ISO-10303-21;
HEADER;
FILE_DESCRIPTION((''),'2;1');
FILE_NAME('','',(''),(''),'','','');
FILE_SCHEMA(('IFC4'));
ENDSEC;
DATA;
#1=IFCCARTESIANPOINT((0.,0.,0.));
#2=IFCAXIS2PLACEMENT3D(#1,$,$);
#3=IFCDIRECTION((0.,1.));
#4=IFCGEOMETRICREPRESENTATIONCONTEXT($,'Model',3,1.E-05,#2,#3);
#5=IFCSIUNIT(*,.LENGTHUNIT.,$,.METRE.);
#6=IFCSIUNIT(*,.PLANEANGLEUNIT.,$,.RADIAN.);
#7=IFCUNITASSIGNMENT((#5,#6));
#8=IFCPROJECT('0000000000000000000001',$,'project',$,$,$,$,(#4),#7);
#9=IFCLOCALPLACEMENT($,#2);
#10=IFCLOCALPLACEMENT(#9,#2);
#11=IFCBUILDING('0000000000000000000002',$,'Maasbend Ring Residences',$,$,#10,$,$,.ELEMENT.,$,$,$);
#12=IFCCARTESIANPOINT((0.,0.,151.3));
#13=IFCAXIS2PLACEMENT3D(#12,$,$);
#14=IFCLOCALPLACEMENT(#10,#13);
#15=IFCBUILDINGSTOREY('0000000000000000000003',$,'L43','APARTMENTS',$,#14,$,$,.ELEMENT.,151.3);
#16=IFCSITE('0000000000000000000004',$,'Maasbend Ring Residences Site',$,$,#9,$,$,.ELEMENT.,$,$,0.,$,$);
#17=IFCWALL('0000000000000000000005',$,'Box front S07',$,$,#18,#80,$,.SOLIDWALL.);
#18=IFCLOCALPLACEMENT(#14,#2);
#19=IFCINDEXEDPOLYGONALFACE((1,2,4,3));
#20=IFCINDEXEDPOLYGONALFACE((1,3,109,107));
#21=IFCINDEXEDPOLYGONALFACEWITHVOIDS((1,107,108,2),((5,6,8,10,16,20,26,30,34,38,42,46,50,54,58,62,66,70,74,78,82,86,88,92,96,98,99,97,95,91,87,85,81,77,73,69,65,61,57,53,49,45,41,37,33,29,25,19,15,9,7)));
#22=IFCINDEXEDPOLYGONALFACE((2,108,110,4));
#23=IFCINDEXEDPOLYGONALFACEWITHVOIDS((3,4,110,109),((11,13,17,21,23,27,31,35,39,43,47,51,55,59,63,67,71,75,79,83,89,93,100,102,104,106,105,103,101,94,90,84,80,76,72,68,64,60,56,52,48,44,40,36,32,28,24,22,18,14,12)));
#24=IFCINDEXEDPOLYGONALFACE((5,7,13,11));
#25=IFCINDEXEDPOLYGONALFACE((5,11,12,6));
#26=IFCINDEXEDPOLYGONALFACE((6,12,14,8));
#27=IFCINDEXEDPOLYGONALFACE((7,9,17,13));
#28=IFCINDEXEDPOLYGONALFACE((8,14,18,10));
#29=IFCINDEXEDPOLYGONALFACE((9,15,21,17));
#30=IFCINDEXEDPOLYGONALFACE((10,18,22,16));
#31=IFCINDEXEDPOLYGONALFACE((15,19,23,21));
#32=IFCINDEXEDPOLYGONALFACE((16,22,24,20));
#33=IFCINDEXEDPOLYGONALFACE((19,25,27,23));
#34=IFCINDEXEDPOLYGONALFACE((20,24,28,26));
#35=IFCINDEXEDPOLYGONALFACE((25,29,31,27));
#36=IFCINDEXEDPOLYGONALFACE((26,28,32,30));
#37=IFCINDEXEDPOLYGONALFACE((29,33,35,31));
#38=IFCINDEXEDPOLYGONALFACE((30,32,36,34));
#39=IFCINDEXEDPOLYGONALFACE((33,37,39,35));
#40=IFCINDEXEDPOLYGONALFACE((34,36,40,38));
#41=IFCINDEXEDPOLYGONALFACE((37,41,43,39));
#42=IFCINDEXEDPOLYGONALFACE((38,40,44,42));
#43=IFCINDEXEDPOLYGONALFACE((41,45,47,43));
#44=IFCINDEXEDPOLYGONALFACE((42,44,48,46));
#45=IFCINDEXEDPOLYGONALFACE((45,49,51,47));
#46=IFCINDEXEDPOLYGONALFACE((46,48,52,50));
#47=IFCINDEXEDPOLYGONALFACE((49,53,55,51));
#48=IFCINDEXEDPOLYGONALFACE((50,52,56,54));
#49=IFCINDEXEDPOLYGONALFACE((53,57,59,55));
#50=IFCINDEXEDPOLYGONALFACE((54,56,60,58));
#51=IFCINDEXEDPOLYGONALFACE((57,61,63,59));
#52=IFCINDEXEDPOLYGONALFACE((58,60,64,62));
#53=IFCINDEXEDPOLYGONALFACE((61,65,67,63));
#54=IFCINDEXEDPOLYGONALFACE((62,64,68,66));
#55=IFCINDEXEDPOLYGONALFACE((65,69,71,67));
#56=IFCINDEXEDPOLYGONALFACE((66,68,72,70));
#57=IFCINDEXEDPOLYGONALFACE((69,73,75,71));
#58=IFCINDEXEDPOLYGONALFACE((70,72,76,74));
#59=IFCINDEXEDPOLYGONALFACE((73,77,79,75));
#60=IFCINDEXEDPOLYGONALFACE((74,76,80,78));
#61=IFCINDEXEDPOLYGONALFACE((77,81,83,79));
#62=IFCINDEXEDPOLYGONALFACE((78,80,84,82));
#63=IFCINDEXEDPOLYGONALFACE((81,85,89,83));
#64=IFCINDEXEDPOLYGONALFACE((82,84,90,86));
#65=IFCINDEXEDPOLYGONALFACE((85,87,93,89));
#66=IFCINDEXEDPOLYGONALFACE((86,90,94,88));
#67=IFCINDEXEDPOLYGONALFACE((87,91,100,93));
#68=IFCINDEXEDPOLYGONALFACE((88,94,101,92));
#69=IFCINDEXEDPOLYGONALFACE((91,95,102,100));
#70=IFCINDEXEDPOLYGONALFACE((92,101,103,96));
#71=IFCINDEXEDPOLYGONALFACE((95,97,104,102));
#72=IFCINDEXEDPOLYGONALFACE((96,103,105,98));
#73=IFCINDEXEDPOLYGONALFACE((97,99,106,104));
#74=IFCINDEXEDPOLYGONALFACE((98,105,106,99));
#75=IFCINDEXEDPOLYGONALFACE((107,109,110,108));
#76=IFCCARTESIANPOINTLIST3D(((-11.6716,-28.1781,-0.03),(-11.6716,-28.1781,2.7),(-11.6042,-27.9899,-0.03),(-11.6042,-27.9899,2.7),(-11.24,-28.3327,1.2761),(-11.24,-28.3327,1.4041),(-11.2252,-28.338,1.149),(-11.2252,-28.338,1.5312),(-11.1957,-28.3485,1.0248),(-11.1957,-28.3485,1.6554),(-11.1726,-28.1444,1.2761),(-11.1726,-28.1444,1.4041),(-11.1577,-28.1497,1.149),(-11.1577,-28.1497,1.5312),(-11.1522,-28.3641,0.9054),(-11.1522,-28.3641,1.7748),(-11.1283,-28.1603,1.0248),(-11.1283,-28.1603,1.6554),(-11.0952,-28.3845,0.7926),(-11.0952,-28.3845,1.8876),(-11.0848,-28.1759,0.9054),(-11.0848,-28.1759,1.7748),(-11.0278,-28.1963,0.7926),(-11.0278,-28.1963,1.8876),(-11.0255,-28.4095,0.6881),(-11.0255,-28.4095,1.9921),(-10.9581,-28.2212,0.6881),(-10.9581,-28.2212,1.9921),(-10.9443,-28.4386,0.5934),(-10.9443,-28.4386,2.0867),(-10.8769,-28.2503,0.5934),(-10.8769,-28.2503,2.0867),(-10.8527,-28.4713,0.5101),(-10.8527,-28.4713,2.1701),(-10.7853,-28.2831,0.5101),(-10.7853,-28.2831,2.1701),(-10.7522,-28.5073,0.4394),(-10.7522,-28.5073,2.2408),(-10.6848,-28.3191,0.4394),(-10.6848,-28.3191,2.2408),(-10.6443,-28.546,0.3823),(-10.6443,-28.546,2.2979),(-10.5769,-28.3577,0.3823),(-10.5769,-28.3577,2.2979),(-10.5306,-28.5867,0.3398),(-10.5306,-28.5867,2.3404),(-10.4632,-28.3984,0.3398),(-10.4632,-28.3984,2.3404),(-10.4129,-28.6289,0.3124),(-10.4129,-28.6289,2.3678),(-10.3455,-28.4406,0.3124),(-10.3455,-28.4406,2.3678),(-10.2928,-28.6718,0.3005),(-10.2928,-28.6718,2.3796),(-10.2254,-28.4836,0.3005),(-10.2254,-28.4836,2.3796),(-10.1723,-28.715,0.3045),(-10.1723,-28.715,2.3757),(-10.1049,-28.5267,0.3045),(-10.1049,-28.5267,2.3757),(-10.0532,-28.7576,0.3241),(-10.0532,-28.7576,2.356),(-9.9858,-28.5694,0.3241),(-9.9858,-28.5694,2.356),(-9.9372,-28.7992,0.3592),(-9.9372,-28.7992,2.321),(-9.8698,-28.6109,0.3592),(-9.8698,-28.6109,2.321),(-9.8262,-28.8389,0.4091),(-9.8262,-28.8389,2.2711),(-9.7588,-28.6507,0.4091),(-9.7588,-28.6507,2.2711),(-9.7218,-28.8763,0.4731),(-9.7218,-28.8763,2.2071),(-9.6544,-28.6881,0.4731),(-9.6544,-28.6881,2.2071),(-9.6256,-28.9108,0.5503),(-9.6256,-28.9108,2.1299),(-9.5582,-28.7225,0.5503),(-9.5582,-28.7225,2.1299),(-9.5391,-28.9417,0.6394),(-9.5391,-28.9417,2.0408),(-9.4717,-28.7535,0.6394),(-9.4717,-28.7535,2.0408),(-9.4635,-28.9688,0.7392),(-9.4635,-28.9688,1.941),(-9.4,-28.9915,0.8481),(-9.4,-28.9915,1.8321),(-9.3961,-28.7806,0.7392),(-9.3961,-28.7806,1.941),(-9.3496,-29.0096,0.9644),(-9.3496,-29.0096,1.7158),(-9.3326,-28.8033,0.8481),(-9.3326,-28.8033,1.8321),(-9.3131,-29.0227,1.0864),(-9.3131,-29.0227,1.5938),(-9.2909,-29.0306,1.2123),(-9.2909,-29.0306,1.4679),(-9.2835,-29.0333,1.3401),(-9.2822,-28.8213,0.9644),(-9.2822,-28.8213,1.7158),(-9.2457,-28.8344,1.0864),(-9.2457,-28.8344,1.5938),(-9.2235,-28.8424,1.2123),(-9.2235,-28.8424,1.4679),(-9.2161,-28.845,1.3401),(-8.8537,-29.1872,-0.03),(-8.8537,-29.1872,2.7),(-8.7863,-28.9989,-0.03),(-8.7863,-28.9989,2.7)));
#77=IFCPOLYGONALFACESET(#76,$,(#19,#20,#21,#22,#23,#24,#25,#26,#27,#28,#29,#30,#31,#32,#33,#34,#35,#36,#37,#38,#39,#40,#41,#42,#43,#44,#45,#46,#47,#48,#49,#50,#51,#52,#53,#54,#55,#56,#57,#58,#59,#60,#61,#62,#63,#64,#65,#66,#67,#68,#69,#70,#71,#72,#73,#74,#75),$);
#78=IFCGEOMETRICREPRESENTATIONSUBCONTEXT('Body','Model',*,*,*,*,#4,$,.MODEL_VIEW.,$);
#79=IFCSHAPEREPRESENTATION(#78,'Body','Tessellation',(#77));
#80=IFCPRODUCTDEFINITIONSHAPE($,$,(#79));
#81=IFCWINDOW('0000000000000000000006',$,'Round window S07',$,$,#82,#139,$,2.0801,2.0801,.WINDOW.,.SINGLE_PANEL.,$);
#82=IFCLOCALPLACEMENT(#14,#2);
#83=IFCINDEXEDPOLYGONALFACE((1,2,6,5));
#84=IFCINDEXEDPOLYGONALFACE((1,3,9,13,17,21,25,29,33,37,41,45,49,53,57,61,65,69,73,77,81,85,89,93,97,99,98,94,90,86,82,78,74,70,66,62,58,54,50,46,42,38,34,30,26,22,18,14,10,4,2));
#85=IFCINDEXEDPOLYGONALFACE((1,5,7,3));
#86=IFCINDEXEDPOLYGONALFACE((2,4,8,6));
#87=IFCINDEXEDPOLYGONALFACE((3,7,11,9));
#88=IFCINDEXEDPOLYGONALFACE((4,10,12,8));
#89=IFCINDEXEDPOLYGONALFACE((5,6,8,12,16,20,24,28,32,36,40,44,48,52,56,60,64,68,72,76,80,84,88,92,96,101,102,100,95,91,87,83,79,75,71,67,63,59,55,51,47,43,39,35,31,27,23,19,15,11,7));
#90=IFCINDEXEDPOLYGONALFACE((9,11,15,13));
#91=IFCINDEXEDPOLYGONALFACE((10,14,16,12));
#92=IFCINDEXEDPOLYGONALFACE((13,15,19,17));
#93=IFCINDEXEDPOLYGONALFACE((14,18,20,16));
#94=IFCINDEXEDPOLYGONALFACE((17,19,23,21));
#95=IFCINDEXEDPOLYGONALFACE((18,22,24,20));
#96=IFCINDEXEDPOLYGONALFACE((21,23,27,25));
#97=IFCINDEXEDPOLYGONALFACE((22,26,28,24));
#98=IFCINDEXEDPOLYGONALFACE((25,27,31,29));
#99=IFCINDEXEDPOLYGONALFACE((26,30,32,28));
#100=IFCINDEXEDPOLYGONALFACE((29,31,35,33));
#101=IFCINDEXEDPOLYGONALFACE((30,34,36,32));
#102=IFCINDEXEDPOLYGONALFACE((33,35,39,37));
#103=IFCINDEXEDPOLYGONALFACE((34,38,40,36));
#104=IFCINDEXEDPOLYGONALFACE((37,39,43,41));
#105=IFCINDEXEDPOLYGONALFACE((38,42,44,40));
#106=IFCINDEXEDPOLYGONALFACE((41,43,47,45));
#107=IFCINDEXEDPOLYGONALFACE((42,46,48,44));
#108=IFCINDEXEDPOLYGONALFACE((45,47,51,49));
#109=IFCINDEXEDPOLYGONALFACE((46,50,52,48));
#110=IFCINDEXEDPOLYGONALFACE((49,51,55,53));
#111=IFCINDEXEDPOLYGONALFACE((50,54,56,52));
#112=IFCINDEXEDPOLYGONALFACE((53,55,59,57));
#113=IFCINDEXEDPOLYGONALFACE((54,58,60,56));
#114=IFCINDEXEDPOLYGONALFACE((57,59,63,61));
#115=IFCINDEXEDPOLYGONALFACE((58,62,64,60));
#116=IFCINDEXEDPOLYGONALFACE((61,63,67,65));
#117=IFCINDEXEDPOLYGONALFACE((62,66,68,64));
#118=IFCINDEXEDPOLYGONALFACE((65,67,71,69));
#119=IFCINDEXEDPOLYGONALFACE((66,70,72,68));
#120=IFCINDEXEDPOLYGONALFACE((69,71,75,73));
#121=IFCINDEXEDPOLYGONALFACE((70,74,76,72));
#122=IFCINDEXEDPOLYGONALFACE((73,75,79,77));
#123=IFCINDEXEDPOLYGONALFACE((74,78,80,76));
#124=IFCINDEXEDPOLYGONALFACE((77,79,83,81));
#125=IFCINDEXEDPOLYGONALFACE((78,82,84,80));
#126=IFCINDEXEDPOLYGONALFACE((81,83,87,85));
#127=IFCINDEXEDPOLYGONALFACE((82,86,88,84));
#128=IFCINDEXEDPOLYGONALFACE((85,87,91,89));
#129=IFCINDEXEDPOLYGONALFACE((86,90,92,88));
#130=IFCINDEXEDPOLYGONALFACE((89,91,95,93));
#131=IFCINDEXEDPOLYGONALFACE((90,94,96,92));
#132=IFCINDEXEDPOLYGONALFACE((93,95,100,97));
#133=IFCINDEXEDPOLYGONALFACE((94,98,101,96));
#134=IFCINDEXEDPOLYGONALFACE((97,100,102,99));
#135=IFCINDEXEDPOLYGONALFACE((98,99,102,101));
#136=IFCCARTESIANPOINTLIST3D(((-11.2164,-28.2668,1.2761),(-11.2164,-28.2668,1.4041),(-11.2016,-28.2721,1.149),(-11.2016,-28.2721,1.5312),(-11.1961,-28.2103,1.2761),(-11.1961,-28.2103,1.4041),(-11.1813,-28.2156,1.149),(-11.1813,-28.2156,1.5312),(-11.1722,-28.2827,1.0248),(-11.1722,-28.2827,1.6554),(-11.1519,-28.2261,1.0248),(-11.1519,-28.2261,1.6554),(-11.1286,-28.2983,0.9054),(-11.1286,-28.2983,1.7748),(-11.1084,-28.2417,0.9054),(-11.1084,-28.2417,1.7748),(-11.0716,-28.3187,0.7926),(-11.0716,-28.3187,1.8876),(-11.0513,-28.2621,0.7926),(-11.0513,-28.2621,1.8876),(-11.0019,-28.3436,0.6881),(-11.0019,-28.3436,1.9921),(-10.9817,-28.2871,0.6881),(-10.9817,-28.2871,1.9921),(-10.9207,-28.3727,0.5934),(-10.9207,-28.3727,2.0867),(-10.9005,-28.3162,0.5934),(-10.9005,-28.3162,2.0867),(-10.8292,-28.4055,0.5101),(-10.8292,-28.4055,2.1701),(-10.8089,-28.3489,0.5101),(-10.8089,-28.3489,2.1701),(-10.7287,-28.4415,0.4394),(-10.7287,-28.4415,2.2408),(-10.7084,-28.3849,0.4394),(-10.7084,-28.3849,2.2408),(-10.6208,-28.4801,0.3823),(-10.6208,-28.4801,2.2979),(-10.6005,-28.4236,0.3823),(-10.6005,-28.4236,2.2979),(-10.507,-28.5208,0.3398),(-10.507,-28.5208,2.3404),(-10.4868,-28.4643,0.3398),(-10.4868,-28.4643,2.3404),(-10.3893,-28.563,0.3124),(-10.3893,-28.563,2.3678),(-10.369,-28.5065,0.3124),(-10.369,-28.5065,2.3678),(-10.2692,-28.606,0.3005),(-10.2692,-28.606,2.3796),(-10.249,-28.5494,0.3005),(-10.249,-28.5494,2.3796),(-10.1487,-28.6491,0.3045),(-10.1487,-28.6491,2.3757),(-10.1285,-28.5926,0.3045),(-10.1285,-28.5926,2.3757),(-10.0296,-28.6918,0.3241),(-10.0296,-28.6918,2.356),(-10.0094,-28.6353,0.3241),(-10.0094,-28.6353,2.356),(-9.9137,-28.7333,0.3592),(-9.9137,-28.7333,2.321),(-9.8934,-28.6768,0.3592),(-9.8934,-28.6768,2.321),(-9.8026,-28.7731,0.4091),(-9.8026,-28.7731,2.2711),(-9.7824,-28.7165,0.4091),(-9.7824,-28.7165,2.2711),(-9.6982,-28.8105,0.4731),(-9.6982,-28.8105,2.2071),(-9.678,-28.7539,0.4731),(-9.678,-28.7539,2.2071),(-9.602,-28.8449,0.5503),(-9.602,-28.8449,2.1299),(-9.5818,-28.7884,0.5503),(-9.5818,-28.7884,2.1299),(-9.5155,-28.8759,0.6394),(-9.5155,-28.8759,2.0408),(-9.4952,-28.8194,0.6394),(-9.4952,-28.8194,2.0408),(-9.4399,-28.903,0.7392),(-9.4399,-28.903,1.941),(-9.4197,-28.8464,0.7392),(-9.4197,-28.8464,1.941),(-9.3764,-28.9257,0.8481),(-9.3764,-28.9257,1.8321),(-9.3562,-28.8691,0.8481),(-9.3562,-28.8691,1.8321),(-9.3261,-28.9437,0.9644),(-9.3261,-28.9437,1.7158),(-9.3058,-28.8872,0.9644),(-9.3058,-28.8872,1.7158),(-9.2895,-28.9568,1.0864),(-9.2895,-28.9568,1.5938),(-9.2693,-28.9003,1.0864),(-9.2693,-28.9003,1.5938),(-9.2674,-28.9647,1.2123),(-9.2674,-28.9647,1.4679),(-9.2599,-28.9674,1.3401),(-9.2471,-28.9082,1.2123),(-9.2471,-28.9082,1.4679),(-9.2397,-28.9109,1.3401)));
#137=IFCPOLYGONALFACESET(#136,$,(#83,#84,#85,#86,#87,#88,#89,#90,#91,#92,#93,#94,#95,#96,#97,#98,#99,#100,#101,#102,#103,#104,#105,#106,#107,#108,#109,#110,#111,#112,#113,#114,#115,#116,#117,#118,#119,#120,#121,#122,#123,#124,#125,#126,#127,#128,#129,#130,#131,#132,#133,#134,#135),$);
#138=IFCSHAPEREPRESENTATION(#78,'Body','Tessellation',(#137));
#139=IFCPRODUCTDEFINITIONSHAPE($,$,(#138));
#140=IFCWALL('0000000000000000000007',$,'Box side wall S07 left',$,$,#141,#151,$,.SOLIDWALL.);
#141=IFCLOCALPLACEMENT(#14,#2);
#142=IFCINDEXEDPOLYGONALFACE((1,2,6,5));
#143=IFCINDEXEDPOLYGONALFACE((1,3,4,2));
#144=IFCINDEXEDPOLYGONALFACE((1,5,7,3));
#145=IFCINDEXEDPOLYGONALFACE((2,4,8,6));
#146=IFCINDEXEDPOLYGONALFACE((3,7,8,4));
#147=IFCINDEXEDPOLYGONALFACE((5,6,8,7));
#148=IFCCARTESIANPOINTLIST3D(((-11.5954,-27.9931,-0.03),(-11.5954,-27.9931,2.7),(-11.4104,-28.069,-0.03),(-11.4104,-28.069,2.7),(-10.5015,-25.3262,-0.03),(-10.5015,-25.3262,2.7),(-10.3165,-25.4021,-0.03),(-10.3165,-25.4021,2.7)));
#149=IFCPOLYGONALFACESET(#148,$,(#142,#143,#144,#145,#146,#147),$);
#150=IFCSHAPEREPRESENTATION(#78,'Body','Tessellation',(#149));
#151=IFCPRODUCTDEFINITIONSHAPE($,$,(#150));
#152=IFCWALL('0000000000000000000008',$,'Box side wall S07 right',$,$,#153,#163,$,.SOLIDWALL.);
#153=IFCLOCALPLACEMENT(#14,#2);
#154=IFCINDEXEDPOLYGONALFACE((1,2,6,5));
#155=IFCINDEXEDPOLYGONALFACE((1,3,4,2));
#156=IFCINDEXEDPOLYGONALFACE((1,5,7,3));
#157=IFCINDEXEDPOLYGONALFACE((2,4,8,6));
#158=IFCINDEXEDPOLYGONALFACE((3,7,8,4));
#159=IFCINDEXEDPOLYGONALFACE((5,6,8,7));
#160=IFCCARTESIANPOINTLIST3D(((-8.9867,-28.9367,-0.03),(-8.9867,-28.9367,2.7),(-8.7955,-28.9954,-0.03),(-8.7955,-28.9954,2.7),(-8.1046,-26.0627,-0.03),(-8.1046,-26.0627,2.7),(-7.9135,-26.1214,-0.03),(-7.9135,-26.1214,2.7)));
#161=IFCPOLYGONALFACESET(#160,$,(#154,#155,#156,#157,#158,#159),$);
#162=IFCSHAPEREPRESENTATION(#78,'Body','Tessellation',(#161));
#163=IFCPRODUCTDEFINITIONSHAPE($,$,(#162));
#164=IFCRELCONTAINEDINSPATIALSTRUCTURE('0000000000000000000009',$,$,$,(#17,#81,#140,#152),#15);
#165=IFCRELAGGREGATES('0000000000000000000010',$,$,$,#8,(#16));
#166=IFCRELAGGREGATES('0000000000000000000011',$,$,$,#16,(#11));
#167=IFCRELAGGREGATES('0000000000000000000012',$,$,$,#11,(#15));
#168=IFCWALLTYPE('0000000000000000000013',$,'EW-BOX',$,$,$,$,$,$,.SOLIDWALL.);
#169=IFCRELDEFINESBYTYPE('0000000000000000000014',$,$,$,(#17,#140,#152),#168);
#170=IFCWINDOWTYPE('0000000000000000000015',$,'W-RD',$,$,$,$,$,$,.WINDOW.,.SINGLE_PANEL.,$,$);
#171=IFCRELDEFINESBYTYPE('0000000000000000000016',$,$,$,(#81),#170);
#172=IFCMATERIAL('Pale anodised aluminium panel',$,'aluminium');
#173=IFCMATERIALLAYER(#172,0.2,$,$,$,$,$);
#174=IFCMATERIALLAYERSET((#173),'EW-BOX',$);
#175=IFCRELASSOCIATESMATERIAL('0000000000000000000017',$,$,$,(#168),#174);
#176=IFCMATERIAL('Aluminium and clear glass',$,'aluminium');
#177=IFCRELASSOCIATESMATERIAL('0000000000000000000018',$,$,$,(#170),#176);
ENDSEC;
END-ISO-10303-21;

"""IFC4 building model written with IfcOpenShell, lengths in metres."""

from ifc_helpers import new_model, si_unit, direction, frame, frame_2d, origin, place, context, subcontext, project, spatial, rectangle, circle, extrude, material, layer, layer_set, type_object, element, fill, save


model = new_model("IFC4")

# Units and contexts
model_context = context("Model", 3, precision=1e-05, world=origin(), true_north=direction((0.0, 1.0)))
body_context = subcontext(model_context, "Body", "Model", "MODEL_VIEW")
ifc_project = project(units=[si_unit("LENGTHUNIT", "METRE"), si_unit("PLANEANGLEUNIT", "RADIAN")], contexts=[model_context])

# Site, building, storey
site_placement = place(None, origin())
site = spatial("IfcSite", under=ifc_project, at=site_placement, Name="Maasbend Ring Residences Site", CompositionType="ELEMENT", RefElevation=0.0)
building_placement = place(site_placement, origin())
building = spatial("IfcBuilding", under=site, at=building_placement, Name="Maasbend Ring Residences", CompositionType="ELEMENT")
storey_placement = place(building_placement, frame((0.0, 0.0, 151.3)))
storey = spatial("IfcBuildingStorey", under=building, at=storey_placement, Name="L43", Description="APARTMENTS", CompositionType="ELEMENT", Elevation=151.3)

# Wall, opening, window
ifc_material_1 = material(Name="Pale anodised aluminium panel", Category="aluminium")
ifc_layer_1 = layer(ifc_material_1, 0.2)
ifc_layer_set_1 = layer_set([ifc_layer_1], Name="EW-BOX")
wall_type_1 = type_object("IfcWallType", Name="EW-BOX", PredefinedType="SOLIDWALL", material=ifc_layer_set_1)
wall_1_placement = place(storey_placement, frame((-11.6379, -28.084, -0.03), z_axis=(0.0, 0.0, 1.0), x_axis=(0.941461, -0.337122, 0.0)))
wall_1 = element("IfcWall", 1, at=wall_1_placement, inside=storey, type_object=wall_type_1, Name="Box front S07", PredefinedType="SOLIDWALL", context=body_context, shape_type="SweptSolid", body=[
    extrude(rectangle(XDim=2.9932, YDim=0.2, at=frame_2d((1.4966, 0.0))), origin(), (0.0, 0.0, 1.0), 2.73),
])
opening_1_placement = place(wall_1_placement, frame((0.4565, 0.0, 0.3301)))
opening_1 = element("IfcOpeningElement", 2, at=opening_1_placement, cuts=wall_1, PredefinedType="OPENING", context=body_context, shape_type="SweptSolid", body=[
    extrude(circle(Radius=1.04, at=frame_2d((1.04, 1.04))), frame((0.0, 0.1099, 0.0), z_axis=(0.0, -1.0, 0.0), x_axis=(1.0, 0.0, 0.0)), (0.0, 0.0, 1.0), 0.22),
])
ifc_material_2 = material(Name="Aluminium and clear glass", Category="aluminium")
window_type_1 = type_object("IfcWindowType", Name="W-RD", PartitioningType="SINGLE_PANEL", PredefinedType="WINDOW", material=ifc_material_2)
window_1_placement = place(opening_1_placement, origin())
window_1 = element("IfcWindow", 3, at=window_1_placement, inside=storey, type_object=window_type_1, Name="Round window S07", OverallHeight=2.0801, OverallWidth=2.0801, PartitioningType="SINGLE_PANEL", PredefinedType="WINDOW", context=body_context, shape_type="SweptSolid", body=[
    extrude(circle(Radius=1.04, at=frame_2d((1.04, 1.04))), frame((0.0, 0.03, 0.0), z_axis=(0.0, -1.0, 0.0), x_axis=(1.0, 0.0, 0.0)), (0.0, 0.0, 1.0), 0.0601),
])
fill(opening_1, window_1)

# Walls
wall_2_placement = place(storey_placement, frame((-10.4089, -25.364, -0.03), z_axis=(0.0, 0.0, 1.0), x_axis=(-0.37951, -0.925188, 0.0)))
element("IfcWall", 4, at=wall_2_placement, inside=storey, type_object=wall_type_1, Name="Box side wall S07 left", PredefinedType="SOLIDWALL", context=body_context, shape_type="SweptSolid", body=[
    extrude(rectangle(XDim=2.8826, YDim=0.2, at=frame_2d((1.4414, 0.0))), origin(), (0.0, 0.0, 1.0), 2.73),
])
wall_3_placement = place(storey_placement, frame((-8.009, -26.092, -0.03), z_axis=(0.0, 0.0, 1.0), x_axis=(-0.293407, -0.955988, 0.0)))
element("IfcWall", 5, at=wall_3_placement, inside=storey, type_object=wall_type_1, Name="Box side wall S07 right", PredefinedType="SOLIDWALL", context=body_context, shape_type="SweptSolid", body=[
    extrude(rectangle(XDim=3.0063, YDim=0.2, at=frame_2d((1.5032, 0.0))), origin(), (0.0, 0.0, 1.0), 2.73),
])

save(model, "model.ifc")
